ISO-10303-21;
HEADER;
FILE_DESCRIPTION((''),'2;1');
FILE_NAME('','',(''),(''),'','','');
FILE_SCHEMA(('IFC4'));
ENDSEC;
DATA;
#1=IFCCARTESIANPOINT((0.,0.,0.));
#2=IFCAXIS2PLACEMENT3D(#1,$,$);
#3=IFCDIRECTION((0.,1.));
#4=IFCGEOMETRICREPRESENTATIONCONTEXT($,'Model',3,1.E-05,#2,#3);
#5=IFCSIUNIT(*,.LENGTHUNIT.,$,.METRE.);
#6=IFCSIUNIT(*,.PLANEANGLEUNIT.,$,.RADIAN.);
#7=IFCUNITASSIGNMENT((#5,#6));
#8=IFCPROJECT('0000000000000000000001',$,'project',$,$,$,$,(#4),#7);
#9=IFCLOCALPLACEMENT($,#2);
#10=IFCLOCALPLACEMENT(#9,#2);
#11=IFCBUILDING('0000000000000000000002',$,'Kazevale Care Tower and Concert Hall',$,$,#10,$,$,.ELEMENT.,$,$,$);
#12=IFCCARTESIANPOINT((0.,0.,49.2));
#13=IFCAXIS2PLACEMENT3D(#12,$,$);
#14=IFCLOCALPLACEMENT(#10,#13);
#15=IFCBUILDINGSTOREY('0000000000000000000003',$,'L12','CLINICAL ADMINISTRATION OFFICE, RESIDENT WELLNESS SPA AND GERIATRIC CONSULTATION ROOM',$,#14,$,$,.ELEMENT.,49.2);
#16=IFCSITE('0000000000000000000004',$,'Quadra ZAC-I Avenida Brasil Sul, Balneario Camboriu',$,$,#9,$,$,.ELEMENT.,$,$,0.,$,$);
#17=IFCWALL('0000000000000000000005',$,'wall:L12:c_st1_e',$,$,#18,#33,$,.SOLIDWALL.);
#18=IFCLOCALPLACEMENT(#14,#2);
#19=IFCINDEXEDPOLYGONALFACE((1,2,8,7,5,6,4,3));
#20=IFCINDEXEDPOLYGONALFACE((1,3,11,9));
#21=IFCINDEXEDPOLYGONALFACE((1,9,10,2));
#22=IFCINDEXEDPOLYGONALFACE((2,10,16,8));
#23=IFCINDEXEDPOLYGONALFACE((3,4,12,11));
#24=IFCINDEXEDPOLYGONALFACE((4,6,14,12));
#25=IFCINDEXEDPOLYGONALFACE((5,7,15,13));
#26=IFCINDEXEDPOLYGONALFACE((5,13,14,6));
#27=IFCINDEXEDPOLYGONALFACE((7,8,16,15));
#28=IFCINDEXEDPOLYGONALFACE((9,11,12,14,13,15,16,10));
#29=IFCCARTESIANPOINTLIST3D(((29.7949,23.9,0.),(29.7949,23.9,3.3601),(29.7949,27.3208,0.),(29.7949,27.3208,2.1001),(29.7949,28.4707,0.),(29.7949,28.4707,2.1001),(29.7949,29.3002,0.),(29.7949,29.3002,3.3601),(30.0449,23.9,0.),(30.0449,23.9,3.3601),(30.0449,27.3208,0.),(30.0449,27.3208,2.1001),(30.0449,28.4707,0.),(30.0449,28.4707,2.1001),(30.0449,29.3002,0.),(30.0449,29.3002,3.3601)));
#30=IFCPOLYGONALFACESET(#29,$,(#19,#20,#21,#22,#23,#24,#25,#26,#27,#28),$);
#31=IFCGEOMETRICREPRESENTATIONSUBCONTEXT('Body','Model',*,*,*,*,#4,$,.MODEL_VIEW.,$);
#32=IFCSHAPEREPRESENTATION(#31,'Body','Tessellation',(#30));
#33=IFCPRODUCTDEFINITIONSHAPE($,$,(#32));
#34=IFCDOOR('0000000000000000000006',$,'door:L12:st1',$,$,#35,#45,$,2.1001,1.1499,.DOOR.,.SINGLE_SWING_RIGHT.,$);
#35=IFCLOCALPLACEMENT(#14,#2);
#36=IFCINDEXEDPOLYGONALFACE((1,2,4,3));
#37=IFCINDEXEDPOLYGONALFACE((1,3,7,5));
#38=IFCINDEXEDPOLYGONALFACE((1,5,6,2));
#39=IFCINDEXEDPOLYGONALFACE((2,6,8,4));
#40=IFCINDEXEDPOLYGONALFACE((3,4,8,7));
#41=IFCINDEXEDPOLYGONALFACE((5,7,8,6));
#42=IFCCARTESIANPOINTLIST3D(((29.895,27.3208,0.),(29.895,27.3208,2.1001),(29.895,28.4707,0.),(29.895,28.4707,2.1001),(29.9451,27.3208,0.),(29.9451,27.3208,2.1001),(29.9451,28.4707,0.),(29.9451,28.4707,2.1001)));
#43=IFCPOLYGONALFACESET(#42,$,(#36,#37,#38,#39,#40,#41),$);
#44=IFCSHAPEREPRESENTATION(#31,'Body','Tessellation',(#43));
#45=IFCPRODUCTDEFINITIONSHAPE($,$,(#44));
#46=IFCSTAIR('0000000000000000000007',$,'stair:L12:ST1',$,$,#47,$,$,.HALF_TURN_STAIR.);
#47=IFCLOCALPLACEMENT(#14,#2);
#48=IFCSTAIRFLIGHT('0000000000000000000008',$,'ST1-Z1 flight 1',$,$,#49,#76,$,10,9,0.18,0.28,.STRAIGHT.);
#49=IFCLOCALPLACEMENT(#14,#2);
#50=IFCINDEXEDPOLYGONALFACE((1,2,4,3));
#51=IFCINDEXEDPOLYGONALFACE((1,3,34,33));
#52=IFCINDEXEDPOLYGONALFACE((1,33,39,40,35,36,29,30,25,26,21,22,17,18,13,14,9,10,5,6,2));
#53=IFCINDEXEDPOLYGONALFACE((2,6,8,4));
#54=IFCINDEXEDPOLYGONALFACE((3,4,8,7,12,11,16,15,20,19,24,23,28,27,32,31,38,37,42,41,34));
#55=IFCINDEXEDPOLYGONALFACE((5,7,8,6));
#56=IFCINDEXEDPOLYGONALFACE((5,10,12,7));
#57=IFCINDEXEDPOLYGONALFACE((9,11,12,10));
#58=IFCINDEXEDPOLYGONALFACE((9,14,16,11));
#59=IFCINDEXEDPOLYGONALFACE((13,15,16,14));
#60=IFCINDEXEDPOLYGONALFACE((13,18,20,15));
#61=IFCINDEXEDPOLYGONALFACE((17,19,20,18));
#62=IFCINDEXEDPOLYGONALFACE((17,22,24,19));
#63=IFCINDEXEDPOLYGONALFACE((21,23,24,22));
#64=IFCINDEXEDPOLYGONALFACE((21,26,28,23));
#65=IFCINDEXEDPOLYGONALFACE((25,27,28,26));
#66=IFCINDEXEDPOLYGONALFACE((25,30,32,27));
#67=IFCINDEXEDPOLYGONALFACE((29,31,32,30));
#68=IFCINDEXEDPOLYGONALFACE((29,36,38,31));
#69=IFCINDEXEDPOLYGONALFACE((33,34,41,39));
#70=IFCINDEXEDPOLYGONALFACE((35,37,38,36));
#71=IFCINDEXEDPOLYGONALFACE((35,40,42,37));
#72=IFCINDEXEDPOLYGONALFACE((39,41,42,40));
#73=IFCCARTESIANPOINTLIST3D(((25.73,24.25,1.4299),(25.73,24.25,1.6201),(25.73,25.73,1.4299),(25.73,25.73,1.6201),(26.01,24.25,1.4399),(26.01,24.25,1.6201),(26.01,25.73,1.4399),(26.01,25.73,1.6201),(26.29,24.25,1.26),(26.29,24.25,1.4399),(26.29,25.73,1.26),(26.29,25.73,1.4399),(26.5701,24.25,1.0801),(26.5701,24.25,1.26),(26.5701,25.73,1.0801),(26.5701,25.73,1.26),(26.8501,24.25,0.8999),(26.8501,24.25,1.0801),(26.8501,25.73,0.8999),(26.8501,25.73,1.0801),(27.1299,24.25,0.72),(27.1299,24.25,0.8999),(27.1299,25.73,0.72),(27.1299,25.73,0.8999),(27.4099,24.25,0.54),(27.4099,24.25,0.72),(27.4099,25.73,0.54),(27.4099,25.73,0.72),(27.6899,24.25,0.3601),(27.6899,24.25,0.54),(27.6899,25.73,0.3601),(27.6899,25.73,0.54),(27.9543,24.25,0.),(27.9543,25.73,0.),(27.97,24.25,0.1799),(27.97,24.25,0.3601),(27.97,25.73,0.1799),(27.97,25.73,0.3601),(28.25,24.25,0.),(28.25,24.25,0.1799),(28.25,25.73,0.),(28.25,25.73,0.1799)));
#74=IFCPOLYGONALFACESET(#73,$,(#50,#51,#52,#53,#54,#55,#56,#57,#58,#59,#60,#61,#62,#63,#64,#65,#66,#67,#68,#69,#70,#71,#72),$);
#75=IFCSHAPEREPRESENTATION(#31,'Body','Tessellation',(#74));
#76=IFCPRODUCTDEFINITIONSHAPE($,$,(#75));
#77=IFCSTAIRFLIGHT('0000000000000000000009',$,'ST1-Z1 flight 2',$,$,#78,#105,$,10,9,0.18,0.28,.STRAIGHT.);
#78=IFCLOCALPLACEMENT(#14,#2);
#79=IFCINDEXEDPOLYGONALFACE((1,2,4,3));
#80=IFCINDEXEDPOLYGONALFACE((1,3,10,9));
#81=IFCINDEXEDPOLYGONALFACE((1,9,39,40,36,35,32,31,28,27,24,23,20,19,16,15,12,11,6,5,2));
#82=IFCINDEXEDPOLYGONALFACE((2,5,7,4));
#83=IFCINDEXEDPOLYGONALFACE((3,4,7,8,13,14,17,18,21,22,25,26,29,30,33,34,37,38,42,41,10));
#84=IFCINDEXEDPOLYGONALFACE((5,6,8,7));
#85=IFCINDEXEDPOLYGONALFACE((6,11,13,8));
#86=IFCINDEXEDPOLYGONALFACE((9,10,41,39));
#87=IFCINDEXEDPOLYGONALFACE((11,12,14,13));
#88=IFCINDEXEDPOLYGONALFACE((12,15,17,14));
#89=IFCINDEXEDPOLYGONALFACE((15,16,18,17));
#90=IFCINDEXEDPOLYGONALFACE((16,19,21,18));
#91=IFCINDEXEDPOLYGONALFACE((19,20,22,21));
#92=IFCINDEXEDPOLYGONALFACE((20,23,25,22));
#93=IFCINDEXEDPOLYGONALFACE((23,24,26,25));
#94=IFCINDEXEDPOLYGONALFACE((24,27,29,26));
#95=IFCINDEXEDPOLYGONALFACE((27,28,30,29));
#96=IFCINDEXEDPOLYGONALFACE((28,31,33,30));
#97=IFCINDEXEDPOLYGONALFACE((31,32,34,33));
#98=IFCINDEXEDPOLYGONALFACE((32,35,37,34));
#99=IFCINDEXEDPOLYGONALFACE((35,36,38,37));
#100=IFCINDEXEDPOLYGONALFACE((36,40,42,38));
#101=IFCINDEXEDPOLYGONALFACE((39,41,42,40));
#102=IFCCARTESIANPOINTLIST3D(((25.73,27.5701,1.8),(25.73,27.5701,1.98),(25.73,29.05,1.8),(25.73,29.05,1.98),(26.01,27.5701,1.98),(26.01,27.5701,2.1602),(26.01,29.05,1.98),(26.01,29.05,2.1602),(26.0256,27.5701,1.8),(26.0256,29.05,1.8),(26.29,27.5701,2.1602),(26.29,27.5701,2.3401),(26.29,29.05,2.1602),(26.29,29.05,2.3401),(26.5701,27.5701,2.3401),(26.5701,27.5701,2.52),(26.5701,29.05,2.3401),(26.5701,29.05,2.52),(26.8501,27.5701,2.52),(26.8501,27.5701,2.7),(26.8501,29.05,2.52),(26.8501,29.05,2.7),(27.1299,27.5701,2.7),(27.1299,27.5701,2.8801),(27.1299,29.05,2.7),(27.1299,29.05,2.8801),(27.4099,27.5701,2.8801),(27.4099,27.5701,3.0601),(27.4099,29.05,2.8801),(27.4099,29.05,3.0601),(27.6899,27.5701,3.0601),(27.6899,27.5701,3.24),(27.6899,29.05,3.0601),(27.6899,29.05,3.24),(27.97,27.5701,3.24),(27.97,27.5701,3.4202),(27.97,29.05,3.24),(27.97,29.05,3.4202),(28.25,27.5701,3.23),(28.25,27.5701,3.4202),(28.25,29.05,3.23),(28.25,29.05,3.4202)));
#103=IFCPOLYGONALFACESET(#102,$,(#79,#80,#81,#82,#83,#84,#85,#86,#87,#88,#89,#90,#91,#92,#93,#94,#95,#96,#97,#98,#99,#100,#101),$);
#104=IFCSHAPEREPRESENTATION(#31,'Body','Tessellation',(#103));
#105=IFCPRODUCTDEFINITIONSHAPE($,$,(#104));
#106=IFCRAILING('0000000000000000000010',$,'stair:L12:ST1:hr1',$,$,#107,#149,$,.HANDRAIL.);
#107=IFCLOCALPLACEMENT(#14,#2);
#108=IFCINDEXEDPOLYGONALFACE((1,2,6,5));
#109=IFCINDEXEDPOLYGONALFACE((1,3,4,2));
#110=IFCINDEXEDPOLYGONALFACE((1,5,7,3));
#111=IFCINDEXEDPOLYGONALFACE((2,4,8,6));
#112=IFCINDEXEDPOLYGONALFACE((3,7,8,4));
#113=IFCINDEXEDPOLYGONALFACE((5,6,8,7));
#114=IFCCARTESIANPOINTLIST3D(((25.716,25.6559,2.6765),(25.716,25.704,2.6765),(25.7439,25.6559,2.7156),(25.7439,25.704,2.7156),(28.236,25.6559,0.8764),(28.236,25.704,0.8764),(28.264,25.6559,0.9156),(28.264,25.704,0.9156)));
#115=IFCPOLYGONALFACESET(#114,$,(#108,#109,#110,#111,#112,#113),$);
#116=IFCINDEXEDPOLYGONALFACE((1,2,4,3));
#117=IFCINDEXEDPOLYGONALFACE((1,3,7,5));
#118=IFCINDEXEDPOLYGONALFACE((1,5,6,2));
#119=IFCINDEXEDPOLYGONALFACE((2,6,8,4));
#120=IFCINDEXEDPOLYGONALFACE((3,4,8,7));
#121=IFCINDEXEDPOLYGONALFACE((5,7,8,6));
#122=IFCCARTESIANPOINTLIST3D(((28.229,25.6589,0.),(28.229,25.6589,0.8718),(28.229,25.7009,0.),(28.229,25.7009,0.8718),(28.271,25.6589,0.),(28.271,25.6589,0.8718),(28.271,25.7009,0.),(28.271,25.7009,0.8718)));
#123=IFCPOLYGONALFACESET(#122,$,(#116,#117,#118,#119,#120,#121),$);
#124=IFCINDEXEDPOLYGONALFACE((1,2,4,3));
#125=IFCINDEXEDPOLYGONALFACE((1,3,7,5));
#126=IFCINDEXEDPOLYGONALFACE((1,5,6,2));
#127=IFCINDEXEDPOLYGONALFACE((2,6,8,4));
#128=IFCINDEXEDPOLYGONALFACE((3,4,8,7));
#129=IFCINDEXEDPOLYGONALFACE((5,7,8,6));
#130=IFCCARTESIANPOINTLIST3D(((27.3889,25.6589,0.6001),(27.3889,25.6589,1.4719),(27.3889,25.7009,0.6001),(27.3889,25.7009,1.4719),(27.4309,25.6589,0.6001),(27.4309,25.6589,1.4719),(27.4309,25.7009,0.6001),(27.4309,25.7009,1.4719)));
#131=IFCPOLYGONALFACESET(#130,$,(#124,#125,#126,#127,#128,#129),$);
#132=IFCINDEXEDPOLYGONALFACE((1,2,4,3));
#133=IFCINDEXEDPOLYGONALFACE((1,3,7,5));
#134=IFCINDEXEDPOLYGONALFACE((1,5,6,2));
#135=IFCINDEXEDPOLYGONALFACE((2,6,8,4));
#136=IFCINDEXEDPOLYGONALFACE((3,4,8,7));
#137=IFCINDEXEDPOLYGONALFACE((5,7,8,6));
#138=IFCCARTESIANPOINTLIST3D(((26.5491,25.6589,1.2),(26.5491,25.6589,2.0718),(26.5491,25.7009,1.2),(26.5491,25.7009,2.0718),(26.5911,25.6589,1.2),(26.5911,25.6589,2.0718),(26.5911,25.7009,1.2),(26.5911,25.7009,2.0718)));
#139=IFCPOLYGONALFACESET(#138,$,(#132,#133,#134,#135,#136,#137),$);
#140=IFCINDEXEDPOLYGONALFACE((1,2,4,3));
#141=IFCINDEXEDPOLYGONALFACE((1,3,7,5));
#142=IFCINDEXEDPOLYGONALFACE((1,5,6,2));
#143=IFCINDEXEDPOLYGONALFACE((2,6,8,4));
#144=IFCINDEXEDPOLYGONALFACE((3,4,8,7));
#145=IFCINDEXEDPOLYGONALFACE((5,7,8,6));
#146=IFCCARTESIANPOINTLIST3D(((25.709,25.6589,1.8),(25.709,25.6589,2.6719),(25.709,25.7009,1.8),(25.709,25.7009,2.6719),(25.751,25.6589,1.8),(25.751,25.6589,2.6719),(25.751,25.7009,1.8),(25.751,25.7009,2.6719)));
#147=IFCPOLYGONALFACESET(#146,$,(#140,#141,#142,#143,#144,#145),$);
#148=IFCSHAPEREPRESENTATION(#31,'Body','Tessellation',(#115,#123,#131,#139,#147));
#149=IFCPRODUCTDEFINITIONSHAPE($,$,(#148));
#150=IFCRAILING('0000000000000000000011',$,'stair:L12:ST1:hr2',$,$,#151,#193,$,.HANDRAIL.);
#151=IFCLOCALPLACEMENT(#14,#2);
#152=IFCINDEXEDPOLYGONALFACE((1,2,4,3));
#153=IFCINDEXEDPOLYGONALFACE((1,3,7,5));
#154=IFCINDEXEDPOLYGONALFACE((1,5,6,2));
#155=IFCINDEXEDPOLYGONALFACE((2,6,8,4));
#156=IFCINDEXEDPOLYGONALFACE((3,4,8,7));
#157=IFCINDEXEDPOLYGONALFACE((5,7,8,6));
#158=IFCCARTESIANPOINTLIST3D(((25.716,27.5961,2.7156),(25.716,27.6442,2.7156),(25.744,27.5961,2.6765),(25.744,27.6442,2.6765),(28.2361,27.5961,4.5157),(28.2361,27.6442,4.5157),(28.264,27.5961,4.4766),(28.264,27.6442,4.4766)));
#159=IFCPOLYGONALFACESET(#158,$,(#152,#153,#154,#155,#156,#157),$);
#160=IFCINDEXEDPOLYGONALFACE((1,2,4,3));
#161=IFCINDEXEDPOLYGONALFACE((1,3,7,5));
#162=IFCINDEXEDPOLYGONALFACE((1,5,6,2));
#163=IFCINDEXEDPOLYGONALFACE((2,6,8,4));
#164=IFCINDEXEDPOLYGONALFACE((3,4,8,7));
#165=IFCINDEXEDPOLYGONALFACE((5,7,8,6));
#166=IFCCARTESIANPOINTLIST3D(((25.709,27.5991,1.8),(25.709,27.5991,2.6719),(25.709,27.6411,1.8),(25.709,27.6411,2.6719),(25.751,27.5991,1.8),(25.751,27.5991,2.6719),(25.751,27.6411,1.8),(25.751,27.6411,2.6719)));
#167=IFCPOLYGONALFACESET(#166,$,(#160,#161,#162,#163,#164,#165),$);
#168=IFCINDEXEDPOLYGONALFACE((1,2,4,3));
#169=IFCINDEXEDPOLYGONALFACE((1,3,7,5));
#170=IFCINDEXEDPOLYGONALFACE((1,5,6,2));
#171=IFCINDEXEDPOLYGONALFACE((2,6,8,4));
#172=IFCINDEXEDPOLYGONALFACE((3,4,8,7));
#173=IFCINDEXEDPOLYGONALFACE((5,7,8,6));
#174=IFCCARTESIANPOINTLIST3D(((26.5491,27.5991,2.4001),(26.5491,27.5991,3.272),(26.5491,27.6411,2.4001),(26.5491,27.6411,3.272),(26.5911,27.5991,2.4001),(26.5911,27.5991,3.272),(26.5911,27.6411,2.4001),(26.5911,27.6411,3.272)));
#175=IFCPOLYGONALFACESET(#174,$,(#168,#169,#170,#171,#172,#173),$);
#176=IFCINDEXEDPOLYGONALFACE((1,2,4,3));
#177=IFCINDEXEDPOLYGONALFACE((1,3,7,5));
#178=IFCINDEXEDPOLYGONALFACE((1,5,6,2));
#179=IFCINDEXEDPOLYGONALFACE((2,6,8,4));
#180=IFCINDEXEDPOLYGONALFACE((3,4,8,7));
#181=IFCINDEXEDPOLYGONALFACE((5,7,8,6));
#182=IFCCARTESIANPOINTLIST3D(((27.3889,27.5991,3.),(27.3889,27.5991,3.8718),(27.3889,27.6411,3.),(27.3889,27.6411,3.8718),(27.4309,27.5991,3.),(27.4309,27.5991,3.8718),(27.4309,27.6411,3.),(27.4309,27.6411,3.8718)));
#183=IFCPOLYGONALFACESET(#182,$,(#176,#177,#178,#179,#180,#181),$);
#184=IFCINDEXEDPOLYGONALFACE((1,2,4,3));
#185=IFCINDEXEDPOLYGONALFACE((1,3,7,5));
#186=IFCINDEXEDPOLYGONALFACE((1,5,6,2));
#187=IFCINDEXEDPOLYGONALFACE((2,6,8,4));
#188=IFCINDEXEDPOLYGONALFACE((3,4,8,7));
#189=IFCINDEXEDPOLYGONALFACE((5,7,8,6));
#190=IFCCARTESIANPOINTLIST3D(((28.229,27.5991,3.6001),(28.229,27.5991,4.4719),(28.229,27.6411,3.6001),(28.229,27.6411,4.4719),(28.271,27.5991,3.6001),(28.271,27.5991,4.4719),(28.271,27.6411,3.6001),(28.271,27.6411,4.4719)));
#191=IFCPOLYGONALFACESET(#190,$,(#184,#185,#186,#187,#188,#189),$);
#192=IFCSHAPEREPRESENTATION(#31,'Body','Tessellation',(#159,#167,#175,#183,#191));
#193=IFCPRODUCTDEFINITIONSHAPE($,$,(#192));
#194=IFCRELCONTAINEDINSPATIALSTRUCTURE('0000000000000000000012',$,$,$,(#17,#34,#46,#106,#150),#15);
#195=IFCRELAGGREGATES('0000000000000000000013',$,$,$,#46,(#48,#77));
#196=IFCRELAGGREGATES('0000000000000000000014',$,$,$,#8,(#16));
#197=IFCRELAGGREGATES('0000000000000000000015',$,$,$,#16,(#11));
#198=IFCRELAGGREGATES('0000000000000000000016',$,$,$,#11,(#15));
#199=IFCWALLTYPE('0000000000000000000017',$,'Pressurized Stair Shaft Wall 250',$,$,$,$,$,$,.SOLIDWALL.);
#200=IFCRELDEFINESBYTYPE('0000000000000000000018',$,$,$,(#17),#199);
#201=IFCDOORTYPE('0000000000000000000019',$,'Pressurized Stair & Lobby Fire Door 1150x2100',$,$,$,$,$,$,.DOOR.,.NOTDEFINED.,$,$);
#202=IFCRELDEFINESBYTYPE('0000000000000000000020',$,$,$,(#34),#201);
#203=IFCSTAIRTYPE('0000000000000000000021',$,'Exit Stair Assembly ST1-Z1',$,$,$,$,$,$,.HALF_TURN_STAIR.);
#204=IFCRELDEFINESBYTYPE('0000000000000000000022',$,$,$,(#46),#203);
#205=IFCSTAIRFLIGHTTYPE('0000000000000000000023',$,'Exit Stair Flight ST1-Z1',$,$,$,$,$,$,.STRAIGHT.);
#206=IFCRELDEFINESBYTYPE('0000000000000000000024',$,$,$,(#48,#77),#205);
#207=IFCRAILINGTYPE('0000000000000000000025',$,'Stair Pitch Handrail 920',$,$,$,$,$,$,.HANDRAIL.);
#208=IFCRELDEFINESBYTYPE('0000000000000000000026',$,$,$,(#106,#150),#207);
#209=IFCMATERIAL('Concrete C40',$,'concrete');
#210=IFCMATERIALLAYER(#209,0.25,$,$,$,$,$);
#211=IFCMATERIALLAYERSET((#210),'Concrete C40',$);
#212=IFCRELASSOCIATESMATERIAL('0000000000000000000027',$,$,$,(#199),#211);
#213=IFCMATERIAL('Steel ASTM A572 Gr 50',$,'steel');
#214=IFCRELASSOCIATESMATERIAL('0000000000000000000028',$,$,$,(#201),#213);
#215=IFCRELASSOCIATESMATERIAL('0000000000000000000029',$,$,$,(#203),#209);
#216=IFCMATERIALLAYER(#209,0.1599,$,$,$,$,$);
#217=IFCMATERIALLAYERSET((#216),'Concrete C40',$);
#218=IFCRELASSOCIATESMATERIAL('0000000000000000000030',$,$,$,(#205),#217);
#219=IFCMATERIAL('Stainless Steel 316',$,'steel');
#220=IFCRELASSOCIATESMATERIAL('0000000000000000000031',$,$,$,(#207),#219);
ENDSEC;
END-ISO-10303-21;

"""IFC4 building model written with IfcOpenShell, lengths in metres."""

from ifc_helpers import new_model, si_unit, direction, frame, frame_2d, origin, origin_2d, place, context, subcontext, project, spatial, polyline, rectangle, outline, extrude, material, layer, layer_set, type_object, element, fill, aggregate, save


model = new_model("IFC4")

# Units and contexts
model_context = context("Model", 3, precision=1e-05, world=origin(), true_north=direction((0.0, 1.0)))
body_context = subcontext(model_context, "Body", "Model", "MODEL_VIEW")
ifc_project = project(units=[si_unit("LENGTHUNIT", "METRE"), si_unit("PLANEANGLEUNIT", "RADIAN")], contexts=[model_context])

# Site, building, storey
site_placement = place(None, origin())
site = spatial("IfcSite", under=ifc_project, at=site_placement, Name="Quadra ZAC-I Avenida Brasil Sul, Balneario Camboriu", CompositionType="ELEMENT", RefElevation=0.0)
building_placement = place(site_placement, origin())
building = spatial("IfcBuilding", under=site, at=building_placement, Name="Kazevale Care Tower and Concert Hall", CompositionType="ELEMENT")
storey_placement = place(building_placement, frame((0.0, 0.0, 49.2)))
storey = spatial("IfcBuildingStorey", under=building, at=storey_placement, Name="L12", Description="CLINICAL ADMINISTRATION OFFICE, RESIDENT WELLNESS SPA AND GERIATRIC CONSULTATION ROOM", CompositionType="ELEMENT", Elevation=49.2)

# Shared definitions
ifc_material_1 = material(Name="Steel ASTM A572 Gr 50", Category="steel")

# Shared definitions
ifc_material_2 = material(Name="Concrete C40", Category="concrete")
ifc_material_3 = material(Name="Stainless Steel 316", Category="steel")

# Wall, opening, door
ifc_layer_1 = layer(ifc_material_2, 0.25)
ifc_layer_set_1 = layer_set([ifc_layer_1], Name="Concrete C40")
wall_type_1 = type_object("IfcWallType", Name="Pressurized Stair Shaft Wall 250", PredefinedType="SOLIDWALL", material=ifc_layer_set_1)
wall_1_placement = place(storey_placement, frame((29.9199, 23.8999, 0.0), z_axis=(0.0, 0.0, 1.0), x_axis=(0.0, 1.0, 0.0)))
wall_1 = element("IfcWall", 1, at=wall_1_placement, inside=storey, type_object=wall_type_1, Name="wall:L12:c_st1_e", PredefinedType="SOLIDWALL", context=body_context, shape_type="SweptSolid", body=[
    extrude(rectangle(XDim=5.4001, YDim=0.25, at=frame_2d((2.7002, 0.0))), origin(), (0.0, 0.0, 1.0), 3.3601),
])
opening_1_placement = place(wall_1_placement, frame((3.4209, 0.0, 0.0)))
opening_1 = element("IfcOpeningElement", 2, at=opening_1_placement, cuts=wall_1, PredefinedType="OPENING", context=body_context, shape_type="SweptSolid", body=[
    extrude(rectangle(XDim=1.1499, YDim=2.1001, at=frame_2d((0.575, 1.05))), frame((0.0, 0.135, 0.0), z_axis=(0.0, -1.0, 0.0), x_axis=(1.0, 0.0, 0.0)), (0.0, 0.0, 1.0), 0.27),
])
door_type_1 = type_object("IfcDoorType", Name="Pressurized Stair & Lobby Fire Door 1150x2100", OperationType="NOTDEFINED", PredefinedType="DOOR", material=ifc_material_1)
door_1_placement = place(opening_1_placement, origin())
door_1 = element("IfcDoor", 3, at=door_1_placement, inside=storey, type_object=door_type_1, Name="door:L12:st1", OperationType="SINGLE_SWING_RIGHT", OverallHeight=2.1001, OverallWidth=1.1499, PredefinedType="DOOR", context=body_context, shape_type="SweptSolid", body=[
    extrude(rectangle(XDim=1.1499, YDim=2.1001, at=frame_2d((0.575, 1.05))), frame((0.0, 0.0249, 0.0), z_axis=(0.0, -1.0, 0.0), x_axis=(1.0, 0.0, 0.0)), (0.0, 0.0, 1.0), 0.05),
])
fill(opening_1, door_1)

# Stair, stair flights
stair_type = type_object("IfcStairType", Name="Exit Stair Assembly ST1-Z1", PredefinedType="HALF_TURN_STAIR", material=ifc_material_2)
stair_placement = place(storey_placement, origin())
stair = element("IfcStair", 4, at=stair_placement, inside=storey, type_object=stair_type, Name="stair:L12:ST1", PredefinedType="HALF_TURN_STAIR")
ifc_layer_2 = layer(ifc_material_2, 0.1599)
ifc_layer_set_2 = layer_set([ifc_layer_2], Name="Concrete C40")
stair_flight_type = type_object("IfcStairFlightType", Name="Exit Stair Flight ST1-Z1", PredefinedType="STRAIGHT", material=ifc_layer_set_2)
stair_flight_1_placement = place(storey_placement, frame((28.25, 24.99, 0.0), z_axis=(0.0, 0.0, 1.0), x_axis=(-1.0, 0.0, 0.0)))
stair_flight_1 = element("IfcStairFlight", 5, at=stair_flight_1_placement, type_object=stair_flight_type, Name="ST1-Z1 flight 1", NumberOfRisers=10, NumberOfTreads=9, PredefinedType="STRAIGHT", RiserHeight=0.18, TreadLength=0.28, context=body_context, shape_type="SweptSolid", body=[
    extrude(outline(polyline([(0.0, 0.0), (0.0, 0.1799), (0.28, 0.1799), (0.28, 0.3601), (0.5601, 0.3601), (0.5601, 0.54), (0.8401, 0.54), (0.8401, 0.72), (1.1201, 0.72), (1.1201, 0.8999), (1.3999, 0.8999), (1.3999, 1.0801), (1.6799, 1.0801), (1.6799, 1.26), (1.96, 1.26), (1.96, 1.4399), (2.24, 1.4399), (2.24, 1.6201), (2.52, 1.6201), (2.52, 1.8), (2.52, 1.4299), (0.2957, 0.0), (0.0, 0.0)])), frame((0.0, 0.74, 0.0), z_axis=(0.0, -1.0, 0.0), x_axis=(1.0, 0.0, 0.0)), (0.0, 0.0, 1.0), 1.48),
])
stair_flight_2_placement = place(storey_placement, frame((25.73, 28.3101, 1.8), z_axis=(0.0, 0.0, 1.0), x_axis=(1.0, 0.0, 0.0)))
stair_flight_2 = element("IfcStairFlight", 6, at=stair_flight_2_placement, type_object=stair_flight_type, Name="ST1-Z1 flight 2", NumberOfRisers=10, NumberOfTreads=9, PredefinedType="STRAIGHT", RiserHeight=0.18, TreadLength=0.28, context=body_context, shape_type="SweptSolid", body=[
    extrude(outline(polyline([(0.0, 0.0), (0.0, 0.1799), (0.28, 0.1799), (0.28, 0.3601), (0.5601, 0.3601), (0.5601, 0.54), (0.8401, 0.54), (0.8401, 0.72), (1.1201, 0.72), (1.1201, 0.8999), (1.3999, 0.8999), (1.3999, 1.0801), (1.6799, 1.0801), (1.6799, 1.26), (1.96, 1.26), (1.96, 1.4399), (2.24, 1.4399), (2.24, 1.6201), (2.52, 1.6201), (2.52, 1.8), (2.52, 1.4299), (0.2957, 0.0), (0.0, 0.0)])), frame((0.0, 0.74, 0.0), z_axis=(0.0, -1.0, 0.0), x_axis=(1.0, 0.0, 0.0)), (0.0, 0.0, 1.0), 1.48),
])
aggregate(stair, [stair_flight_1, stair_flight_2])

# Railings
railing_type_1 = type_object("IfcRailingType", Name="Stair Pitch Handrail 920", PredefinedType="HANDRAIL", material=ifc_material_3)
railing_1_placement = place(storey_placement, frame((28.25, 25.6799, 0.0)))
element("IfcRailing", 7, at=railing_1_placement, inside=storey, type_object=railing_type_1, Name="stair:L12:ST1:hr1", PredefinedType="HANDRAIL", context=body_context, shape_type="SweptSolid", body=[
    extrude(rectangle(XDim=0.0481, YDim=0.0481, at=origin_2d()), frame((0.0, 0.0, 0.896), z_axis=(-0.813728, 0.0, 0.581246), x_axis=(0.0, -1.0, 0.0)), (0.0, 0.0, 1.0), 3.0969),
    extrude(rectangle(XDim=0.042, YDim=0.042, at=origin_2d()), origin(), (0.0, 0.0, 1.0), 0.8718),
    extrude(rectangle(XDim=0.042, YDim=0.042, at=origin_2d()), frame((-0.8401, 0.0, 0.6001)), (0.0, 0.0, 1.0), 0.8718),
    extrude(rectangle(XDim=0.042, YDim=0.042, at=origin_2d()), frame((-1.6799, 0.0, 1.2)), (0.0, 0.0, 1.0), 0.8718),
    extrude(rectangle(XDim=0.042, YDim=0.042, at=origin_2d()), frame((-2.52, 0.0, 1.8)), (0.0, 0.0, 1.0), 0.8718),
])
railing_2_placement = place(storey_placement, frame((25.73, 27.6201, 1.8)))
element("IfcRailing", 8, at=railing_2_placement, inside=storey, type_object=railing_type_1, Name="stair:L12:ST1:hr2", PredefinedType="HANDRAIL", context=body_context, shape_type="SweptSolid", body=[
    extrude(rectangle(XDim=0.0481, YDim=0.0481, at=origin_2d()), frame((0.0, 0.0, 0.896), z_axis=(0.813728, 0.0, 0.581246), x_axis=(0.0, 1.0, 0.0)), (0.0, 0.0, 1.0), 3.0969),
    extrude(rectangle(XDim=0.042, YDim=0.042, at=origin_2d()), origin(), (0.0, 0.0, 1.0), 0.8718),
    extrude(rectangle(XDim=0.042, YDim=0.042, at=origin_2d()), frame((0.8401, 0.0, 0.6001)), (0.0, 0.0, 1.0), 0.8718),
    extrude(rectangle(XDim=0.042, YDim=0.042, at=origin_2d()), frame((1.6799, 0.0, 1.2)), (0.0, 0.0, 1.0), 0.8718),
    extrude(rectangle(XDim=0.042, YDim=0.042, at=origin_2d()), frame((2.52, 0.0, 1.8)), (0.0, 0.0, 1.0), 0.8718),
])

save(model, "model.ifc")
